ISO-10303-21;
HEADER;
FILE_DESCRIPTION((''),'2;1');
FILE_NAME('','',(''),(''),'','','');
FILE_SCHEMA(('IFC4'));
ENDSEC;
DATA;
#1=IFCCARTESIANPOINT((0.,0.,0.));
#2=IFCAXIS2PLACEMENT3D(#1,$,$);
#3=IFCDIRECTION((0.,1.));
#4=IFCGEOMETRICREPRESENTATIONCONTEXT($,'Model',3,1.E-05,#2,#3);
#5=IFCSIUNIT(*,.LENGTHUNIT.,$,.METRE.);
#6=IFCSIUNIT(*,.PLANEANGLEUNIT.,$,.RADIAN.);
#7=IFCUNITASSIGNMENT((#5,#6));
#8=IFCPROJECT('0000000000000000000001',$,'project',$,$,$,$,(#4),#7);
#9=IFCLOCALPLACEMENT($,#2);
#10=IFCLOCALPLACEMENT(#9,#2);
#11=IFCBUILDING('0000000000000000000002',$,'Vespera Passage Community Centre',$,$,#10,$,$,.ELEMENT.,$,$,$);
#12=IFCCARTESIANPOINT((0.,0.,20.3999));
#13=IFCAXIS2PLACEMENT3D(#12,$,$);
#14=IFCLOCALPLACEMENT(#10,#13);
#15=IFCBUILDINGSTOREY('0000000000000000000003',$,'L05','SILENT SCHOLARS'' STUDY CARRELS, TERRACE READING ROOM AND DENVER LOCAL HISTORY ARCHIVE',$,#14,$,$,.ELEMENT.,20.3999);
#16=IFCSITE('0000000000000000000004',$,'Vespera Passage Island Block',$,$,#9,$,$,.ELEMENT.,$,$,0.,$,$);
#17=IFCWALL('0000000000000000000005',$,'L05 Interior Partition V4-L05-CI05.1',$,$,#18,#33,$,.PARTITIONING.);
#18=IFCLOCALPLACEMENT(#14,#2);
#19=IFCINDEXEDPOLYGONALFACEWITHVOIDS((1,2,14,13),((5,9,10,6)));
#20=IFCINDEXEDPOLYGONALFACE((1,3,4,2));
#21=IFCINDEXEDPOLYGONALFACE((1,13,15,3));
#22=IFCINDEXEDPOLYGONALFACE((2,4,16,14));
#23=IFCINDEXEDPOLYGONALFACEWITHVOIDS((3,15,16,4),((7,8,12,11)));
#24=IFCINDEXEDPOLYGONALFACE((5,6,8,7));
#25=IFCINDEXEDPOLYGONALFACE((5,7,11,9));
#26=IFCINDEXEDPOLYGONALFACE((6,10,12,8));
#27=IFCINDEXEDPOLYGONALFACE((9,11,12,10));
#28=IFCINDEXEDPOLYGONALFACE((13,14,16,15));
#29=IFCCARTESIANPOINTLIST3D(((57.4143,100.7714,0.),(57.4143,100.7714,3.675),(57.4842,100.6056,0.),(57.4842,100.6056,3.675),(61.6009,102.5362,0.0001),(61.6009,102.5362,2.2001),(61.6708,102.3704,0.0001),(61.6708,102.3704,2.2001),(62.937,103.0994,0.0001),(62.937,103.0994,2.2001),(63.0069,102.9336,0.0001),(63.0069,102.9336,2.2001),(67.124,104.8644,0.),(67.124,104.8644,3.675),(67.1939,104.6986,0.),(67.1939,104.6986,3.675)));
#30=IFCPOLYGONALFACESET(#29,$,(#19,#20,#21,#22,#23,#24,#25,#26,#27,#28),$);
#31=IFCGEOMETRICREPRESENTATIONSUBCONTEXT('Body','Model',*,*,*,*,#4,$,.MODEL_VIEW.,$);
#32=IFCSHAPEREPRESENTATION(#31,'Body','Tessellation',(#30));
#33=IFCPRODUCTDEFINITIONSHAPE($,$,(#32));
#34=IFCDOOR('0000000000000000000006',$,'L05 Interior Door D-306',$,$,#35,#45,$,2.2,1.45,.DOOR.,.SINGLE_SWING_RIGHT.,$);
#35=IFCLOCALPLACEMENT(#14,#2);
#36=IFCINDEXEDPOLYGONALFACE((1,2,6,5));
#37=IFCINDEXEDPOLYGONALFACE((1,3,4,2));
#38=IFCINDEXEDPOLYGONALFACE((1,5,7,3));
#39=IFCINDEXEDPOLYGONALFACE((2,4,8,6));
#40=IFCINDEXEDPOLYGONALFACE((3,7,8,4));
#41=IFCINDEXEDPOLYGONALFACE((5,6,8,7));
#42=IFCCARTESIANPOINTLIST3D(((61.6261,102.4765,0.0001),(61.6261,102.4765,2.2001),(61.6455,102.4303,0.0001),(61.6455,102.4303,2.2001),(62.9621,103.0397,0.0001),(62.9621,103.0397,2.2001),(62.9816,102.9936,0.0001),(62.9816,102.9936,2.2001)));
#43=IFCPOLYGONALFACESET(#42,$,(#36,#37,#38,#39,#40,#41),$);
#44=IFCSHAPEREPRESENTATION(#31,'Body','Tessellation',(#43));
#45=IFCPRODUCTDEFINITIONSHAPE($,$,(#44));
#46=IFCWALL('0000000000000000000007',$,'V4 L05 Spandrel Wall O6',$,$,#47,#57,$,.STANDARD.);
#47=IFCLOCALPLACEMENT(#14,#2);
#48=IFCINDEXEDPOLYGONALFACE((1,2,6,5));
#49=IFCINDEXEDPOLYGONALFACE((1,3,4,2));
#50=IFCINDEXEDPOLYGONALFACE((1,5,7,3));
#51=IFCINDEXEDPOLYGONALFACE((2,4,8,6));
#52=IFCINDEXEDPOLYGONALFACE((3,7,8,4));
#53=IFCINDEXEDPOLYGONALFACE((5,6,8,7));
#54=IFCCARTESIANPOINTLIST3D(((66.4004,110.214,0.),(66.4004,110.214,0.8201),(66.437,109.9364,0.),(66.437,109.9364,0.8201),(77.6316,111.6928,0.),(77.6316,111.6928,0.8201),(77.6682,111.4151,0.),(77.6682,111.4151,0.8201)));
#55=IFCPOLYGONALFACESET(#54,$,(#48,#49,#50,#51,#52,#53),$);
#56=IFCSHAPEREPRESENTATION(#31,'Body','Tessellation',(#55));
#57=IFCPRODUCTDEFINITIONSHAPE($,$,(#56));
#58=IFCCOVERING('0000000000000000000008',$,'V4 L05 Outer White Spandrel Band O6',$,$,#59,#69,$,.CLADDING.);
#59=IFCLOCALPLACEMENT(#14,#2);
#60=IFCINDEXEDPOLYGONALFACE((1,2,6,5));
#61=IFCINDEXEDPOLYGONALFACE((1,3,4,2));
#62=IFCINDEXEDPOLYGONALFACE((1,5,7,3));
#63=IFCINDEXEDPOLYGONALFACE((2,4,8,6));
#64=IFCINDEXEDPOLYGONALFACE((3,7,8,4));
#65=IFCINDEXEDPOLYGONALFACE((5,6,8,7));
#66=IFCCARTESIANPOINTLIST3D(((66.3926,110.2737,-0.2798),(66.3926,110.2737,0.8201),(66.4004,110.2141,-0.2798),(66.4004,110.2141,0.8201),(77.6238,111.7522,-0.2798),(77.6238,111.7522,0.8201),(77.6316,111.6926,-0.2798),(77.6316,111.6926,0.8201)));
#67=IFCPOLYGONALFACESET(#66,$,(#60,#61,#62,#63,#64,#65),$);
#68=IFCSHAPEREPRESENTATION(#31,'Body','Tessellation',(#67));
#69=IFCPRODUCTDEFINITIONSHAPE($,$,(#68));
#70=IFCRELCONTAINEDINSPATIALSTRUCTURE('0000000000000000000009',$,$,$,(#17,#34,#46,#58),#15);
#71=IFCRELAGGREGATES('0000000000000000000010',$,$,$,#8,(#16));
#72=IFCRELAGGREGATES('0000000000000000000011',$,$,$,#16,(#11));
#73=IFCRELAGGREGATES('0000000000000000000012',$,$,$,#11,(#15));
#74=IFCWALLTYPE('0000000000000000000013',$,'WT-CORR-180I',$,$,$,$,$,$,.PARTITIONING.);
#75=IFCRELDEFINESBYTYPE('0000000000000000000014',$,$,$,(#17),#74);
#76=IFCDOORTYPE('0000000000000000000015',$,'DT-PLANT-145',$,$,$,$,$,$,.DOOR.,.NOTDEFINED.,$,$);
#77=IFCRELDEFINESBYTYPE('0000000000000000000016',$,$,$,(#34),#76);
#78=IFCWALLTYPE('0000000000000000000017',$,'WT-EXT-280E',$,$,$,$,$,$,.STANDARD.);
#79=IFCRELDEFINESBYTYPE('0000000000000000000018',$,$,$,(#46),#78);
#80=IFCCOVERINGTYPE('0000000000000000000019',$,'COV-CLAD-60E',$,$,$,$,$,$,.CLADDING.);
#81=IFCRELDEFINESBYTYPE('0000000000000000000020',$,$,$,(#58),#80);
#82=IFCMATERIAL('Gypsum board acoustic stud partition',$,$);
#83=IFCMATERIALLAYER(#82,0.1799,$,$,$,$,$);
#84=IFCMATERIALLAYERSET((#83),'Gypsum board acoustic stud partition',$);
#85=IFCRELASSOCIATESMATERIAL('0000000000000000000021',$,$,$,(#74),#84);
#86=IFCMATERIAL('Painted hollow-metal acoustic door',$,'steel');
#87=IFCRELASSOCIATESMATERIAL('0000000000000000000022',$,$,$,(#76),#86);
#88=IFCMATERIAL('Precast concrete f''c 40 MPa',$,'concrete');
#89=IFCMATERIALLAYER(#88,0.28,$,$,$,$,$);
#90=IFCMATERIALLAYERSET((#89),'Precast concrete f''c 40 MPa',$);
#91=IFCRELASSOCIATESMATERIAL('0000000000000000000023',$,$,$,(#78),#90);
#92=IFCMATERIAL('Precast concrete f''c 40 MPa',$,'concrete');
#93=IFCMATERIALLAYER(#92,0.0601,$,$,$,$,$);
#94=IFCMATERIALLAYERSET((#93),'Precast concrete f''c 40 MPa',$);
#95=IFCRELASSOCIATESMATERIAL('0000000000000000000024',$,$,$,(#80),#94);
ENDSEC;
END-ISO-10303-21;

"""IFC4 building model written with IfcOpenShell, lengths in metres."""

from ifc_helpers import new_model, si_unit, direction, frame, frame_2d, origin, place, context, subcontext, project, spatial, rectangle, extrude, material, layer, layer_set, type_object, element, fill, save


model = new_model("IFC4")

# Units and contexts
model_context = context("Model", 3, precision=1e-05, world=origin(), true_north=direction((0.0, 1.0)))
body_context = subcontext(model_context, "Body", "Model", "MODEL_VIEW")
ifc_project = project(units=[si_unit("LENGTHUNIT", "METRE"), si_unit("PLANEANGLEUNIT", "RADIAN")], contexts=[model_context])

# Site, building, storey
site_placement = place(None, origin())
site = spatial("IfcSite", under=ifc_project, at=site_placement, Name="Vespera Passage Island Block", CompositionType="ELEMENT", RefElevation=0.0)
building_placement = place(site_placement, origin())
building = spatial("IfcBuilding", under=site, at=building_placement, Name="Vespera Passage Community Centre", CompositionType="ELEMENT")
storey_placement = place(building_placement, frame((0.0, 0.0, 20.3999)))
storey = spatial("IfcBuildingStorey", under=building, at=storey_placement, Name="L05", Description="SILENT SCHOLARS' STUDY CARRELS, TERRACE READING ROOM AND DENVER LOCAL HISTORY ARCHIVE", CompositionType="ELEMENT", Elevation=20.3999)

# Wall, opening, door
ifc_material_1 = material(Name="Gypsum board acoustic stud partition")
ifc_layer_1 = layer(ifc_material_1, 0.1799)
ifc_layer_set_1 = layer_set([ifc_layer_1], Name="Gypsum board acoustic stud partition")
wall_type_1 = type_object("IfcWallType", Name="WT-CORR-180I", PredefinedType="PARTITIONING", material=ifc_layer_set_1)
wall_1_placement = place(storey_placement, frame((67.1589, 104.7815, 0.0), z_axis=(0.0, 0.0, 1.0), x_axis=(-0.921475, -0.388437, 0.0)))
wall_1 = element("IfcWall", 1, at=wall_1_placement, inside=storey, type_object=wall_type_1, Name="L05 Interior Partition V4-L05-CI05.1", PredefinedType="PARTITIONING", context=body_context, shape_type="SweptSolid", body=[
    extrude(rectangle(XDim=10.5371, YDim=0.1799, at=frame_2d((5.2686, 0.0))), origin(), (0.0, 0.0, 1.0), 3.675),
])
opening_1_placement = place(wall_1_placement, frame((4.5437, 0.0, 0.0)))
opening_1 = element("IfcOpeningElement", 2, at=opening_1_placement, cuts=wall_1, PredefinedType="OPENING", context=body_context, shape_type="SweptSolid", body=[
    extrude(rectangle(XDim=1.45, YDim=2.2, at=frame_2d((0.7251, 1.1001))), frame((0.0, 0.0999, 0.0), z_axis=(0.0, -1.0, 0.0), x_axis=(1.0, 0.0, 0.0)), (0.0, 0.0, 1.0), 0.2),
])
ifc_material_2 = material(Name="Painted hollow-metal acoustic door", Category="steel")
door_type_1 = type_object("IfcDoorType", Name="DT-PLANT-145", OperationType="NOTDEFINED", PredefinedType="DOOR", material=ifc_material_2)
door_1_placement = place(opening_1_placement, origin())
door_1 = element("IfcDoor", 3, at=door_1_placement, inside=storey, type_object=door_type_1, Name="L05 Interior Door D-306", OperationType="SINGLE_SWING_RIGHT", OverallHeight=2.2, OverallWidth=1.45, PredefinedType="DOOR", context=body_context, shape_type="SweptSolid", body=[
    extrude(rectangle(XDim=1.45, YDim=2.2, at=frame_2d((0.7251, 1.1001))), frame((0.0, 0.0249, 0.0), z_axis=(0.0, -1.0, 0.0), x_axis=(1.0, 0.0, 0.0)), (0.0, 0.0, 1.0), 0.05),
])
fill(opening_1, door_1)

# Wall
ifc_material_3 = material(Name="Precast concrete f'c 40 MPa", Category="concrete")
ifc_layer_2 = layer(ifc_material_3, 0.28)
ifc_layer_set_2 = layer_set([ifc_layer_2], Name="Precast concrete f'c 40 MPa")
wall_type_2 = type_object("IfcWallType", Name="WT-EXT-280E", PredefinedType="STANDARD", material=ifc_layer_set_2)
wall_2_placement = place(storey_placement, frame((66.4187, 110.0752, 0.0), z_axis=(0.0, 0.0, 1.0), x_axis=(0.991443, 0.130539, 0.0)))
element("IfcWall", 4, at=wall_2_placement, inside=storey, type_object=wall_type_2, Name="V4 L05 Spandrel Wall O6", PredefinedType="STANDARD", context=body_context, shape_type="SweptSolid", body=[
    extrude(rectangle(XDim=11.3281, YDim=0.28, at=frame_2d((5.6641, 0.0))), origin(), (0.0, 0.0, 1.0), 0.8201),
])

# Covering
ifc_material_4 = material(Name="Precast concrete f'c 40 MPa", Category="concrete")
ifc_layer_3 = layer(ifc_material_4, 0.0601)
ifc_layer_set_3 = layer_set([ifc_layer_3], Name="Precast concrete f'c 40 MPa")
covering_type = type_object("IfcCoveringType", Name="COV-CLAD-60E", PredefinedType="CLADDING", material=ifc_layer_set_3)
covering_placement = place(storey_placement, frame((66.3965, 110.2439, -0.2798), z_axis=(0.0, 0.0, 1.0), x_axis=(0.991446, 0.130518, 0.0)))
element("IfcCovering", 5, at=covering_placement, inside=storey, type_object=covering_type, Name="V4 L05 Outer White Spandrel Band O6", PredefinedType="CLADDING", context=body_context, shape_type="SweptSolid", body=[
    extrude(rectangle(XDim=11.3281, YDim=0.0601, at=frame_2d((5.6641, 0.0))), origin(), (0.0, 0.0, 1.0), 1.0999),
])

save(model, "model.ifc")
